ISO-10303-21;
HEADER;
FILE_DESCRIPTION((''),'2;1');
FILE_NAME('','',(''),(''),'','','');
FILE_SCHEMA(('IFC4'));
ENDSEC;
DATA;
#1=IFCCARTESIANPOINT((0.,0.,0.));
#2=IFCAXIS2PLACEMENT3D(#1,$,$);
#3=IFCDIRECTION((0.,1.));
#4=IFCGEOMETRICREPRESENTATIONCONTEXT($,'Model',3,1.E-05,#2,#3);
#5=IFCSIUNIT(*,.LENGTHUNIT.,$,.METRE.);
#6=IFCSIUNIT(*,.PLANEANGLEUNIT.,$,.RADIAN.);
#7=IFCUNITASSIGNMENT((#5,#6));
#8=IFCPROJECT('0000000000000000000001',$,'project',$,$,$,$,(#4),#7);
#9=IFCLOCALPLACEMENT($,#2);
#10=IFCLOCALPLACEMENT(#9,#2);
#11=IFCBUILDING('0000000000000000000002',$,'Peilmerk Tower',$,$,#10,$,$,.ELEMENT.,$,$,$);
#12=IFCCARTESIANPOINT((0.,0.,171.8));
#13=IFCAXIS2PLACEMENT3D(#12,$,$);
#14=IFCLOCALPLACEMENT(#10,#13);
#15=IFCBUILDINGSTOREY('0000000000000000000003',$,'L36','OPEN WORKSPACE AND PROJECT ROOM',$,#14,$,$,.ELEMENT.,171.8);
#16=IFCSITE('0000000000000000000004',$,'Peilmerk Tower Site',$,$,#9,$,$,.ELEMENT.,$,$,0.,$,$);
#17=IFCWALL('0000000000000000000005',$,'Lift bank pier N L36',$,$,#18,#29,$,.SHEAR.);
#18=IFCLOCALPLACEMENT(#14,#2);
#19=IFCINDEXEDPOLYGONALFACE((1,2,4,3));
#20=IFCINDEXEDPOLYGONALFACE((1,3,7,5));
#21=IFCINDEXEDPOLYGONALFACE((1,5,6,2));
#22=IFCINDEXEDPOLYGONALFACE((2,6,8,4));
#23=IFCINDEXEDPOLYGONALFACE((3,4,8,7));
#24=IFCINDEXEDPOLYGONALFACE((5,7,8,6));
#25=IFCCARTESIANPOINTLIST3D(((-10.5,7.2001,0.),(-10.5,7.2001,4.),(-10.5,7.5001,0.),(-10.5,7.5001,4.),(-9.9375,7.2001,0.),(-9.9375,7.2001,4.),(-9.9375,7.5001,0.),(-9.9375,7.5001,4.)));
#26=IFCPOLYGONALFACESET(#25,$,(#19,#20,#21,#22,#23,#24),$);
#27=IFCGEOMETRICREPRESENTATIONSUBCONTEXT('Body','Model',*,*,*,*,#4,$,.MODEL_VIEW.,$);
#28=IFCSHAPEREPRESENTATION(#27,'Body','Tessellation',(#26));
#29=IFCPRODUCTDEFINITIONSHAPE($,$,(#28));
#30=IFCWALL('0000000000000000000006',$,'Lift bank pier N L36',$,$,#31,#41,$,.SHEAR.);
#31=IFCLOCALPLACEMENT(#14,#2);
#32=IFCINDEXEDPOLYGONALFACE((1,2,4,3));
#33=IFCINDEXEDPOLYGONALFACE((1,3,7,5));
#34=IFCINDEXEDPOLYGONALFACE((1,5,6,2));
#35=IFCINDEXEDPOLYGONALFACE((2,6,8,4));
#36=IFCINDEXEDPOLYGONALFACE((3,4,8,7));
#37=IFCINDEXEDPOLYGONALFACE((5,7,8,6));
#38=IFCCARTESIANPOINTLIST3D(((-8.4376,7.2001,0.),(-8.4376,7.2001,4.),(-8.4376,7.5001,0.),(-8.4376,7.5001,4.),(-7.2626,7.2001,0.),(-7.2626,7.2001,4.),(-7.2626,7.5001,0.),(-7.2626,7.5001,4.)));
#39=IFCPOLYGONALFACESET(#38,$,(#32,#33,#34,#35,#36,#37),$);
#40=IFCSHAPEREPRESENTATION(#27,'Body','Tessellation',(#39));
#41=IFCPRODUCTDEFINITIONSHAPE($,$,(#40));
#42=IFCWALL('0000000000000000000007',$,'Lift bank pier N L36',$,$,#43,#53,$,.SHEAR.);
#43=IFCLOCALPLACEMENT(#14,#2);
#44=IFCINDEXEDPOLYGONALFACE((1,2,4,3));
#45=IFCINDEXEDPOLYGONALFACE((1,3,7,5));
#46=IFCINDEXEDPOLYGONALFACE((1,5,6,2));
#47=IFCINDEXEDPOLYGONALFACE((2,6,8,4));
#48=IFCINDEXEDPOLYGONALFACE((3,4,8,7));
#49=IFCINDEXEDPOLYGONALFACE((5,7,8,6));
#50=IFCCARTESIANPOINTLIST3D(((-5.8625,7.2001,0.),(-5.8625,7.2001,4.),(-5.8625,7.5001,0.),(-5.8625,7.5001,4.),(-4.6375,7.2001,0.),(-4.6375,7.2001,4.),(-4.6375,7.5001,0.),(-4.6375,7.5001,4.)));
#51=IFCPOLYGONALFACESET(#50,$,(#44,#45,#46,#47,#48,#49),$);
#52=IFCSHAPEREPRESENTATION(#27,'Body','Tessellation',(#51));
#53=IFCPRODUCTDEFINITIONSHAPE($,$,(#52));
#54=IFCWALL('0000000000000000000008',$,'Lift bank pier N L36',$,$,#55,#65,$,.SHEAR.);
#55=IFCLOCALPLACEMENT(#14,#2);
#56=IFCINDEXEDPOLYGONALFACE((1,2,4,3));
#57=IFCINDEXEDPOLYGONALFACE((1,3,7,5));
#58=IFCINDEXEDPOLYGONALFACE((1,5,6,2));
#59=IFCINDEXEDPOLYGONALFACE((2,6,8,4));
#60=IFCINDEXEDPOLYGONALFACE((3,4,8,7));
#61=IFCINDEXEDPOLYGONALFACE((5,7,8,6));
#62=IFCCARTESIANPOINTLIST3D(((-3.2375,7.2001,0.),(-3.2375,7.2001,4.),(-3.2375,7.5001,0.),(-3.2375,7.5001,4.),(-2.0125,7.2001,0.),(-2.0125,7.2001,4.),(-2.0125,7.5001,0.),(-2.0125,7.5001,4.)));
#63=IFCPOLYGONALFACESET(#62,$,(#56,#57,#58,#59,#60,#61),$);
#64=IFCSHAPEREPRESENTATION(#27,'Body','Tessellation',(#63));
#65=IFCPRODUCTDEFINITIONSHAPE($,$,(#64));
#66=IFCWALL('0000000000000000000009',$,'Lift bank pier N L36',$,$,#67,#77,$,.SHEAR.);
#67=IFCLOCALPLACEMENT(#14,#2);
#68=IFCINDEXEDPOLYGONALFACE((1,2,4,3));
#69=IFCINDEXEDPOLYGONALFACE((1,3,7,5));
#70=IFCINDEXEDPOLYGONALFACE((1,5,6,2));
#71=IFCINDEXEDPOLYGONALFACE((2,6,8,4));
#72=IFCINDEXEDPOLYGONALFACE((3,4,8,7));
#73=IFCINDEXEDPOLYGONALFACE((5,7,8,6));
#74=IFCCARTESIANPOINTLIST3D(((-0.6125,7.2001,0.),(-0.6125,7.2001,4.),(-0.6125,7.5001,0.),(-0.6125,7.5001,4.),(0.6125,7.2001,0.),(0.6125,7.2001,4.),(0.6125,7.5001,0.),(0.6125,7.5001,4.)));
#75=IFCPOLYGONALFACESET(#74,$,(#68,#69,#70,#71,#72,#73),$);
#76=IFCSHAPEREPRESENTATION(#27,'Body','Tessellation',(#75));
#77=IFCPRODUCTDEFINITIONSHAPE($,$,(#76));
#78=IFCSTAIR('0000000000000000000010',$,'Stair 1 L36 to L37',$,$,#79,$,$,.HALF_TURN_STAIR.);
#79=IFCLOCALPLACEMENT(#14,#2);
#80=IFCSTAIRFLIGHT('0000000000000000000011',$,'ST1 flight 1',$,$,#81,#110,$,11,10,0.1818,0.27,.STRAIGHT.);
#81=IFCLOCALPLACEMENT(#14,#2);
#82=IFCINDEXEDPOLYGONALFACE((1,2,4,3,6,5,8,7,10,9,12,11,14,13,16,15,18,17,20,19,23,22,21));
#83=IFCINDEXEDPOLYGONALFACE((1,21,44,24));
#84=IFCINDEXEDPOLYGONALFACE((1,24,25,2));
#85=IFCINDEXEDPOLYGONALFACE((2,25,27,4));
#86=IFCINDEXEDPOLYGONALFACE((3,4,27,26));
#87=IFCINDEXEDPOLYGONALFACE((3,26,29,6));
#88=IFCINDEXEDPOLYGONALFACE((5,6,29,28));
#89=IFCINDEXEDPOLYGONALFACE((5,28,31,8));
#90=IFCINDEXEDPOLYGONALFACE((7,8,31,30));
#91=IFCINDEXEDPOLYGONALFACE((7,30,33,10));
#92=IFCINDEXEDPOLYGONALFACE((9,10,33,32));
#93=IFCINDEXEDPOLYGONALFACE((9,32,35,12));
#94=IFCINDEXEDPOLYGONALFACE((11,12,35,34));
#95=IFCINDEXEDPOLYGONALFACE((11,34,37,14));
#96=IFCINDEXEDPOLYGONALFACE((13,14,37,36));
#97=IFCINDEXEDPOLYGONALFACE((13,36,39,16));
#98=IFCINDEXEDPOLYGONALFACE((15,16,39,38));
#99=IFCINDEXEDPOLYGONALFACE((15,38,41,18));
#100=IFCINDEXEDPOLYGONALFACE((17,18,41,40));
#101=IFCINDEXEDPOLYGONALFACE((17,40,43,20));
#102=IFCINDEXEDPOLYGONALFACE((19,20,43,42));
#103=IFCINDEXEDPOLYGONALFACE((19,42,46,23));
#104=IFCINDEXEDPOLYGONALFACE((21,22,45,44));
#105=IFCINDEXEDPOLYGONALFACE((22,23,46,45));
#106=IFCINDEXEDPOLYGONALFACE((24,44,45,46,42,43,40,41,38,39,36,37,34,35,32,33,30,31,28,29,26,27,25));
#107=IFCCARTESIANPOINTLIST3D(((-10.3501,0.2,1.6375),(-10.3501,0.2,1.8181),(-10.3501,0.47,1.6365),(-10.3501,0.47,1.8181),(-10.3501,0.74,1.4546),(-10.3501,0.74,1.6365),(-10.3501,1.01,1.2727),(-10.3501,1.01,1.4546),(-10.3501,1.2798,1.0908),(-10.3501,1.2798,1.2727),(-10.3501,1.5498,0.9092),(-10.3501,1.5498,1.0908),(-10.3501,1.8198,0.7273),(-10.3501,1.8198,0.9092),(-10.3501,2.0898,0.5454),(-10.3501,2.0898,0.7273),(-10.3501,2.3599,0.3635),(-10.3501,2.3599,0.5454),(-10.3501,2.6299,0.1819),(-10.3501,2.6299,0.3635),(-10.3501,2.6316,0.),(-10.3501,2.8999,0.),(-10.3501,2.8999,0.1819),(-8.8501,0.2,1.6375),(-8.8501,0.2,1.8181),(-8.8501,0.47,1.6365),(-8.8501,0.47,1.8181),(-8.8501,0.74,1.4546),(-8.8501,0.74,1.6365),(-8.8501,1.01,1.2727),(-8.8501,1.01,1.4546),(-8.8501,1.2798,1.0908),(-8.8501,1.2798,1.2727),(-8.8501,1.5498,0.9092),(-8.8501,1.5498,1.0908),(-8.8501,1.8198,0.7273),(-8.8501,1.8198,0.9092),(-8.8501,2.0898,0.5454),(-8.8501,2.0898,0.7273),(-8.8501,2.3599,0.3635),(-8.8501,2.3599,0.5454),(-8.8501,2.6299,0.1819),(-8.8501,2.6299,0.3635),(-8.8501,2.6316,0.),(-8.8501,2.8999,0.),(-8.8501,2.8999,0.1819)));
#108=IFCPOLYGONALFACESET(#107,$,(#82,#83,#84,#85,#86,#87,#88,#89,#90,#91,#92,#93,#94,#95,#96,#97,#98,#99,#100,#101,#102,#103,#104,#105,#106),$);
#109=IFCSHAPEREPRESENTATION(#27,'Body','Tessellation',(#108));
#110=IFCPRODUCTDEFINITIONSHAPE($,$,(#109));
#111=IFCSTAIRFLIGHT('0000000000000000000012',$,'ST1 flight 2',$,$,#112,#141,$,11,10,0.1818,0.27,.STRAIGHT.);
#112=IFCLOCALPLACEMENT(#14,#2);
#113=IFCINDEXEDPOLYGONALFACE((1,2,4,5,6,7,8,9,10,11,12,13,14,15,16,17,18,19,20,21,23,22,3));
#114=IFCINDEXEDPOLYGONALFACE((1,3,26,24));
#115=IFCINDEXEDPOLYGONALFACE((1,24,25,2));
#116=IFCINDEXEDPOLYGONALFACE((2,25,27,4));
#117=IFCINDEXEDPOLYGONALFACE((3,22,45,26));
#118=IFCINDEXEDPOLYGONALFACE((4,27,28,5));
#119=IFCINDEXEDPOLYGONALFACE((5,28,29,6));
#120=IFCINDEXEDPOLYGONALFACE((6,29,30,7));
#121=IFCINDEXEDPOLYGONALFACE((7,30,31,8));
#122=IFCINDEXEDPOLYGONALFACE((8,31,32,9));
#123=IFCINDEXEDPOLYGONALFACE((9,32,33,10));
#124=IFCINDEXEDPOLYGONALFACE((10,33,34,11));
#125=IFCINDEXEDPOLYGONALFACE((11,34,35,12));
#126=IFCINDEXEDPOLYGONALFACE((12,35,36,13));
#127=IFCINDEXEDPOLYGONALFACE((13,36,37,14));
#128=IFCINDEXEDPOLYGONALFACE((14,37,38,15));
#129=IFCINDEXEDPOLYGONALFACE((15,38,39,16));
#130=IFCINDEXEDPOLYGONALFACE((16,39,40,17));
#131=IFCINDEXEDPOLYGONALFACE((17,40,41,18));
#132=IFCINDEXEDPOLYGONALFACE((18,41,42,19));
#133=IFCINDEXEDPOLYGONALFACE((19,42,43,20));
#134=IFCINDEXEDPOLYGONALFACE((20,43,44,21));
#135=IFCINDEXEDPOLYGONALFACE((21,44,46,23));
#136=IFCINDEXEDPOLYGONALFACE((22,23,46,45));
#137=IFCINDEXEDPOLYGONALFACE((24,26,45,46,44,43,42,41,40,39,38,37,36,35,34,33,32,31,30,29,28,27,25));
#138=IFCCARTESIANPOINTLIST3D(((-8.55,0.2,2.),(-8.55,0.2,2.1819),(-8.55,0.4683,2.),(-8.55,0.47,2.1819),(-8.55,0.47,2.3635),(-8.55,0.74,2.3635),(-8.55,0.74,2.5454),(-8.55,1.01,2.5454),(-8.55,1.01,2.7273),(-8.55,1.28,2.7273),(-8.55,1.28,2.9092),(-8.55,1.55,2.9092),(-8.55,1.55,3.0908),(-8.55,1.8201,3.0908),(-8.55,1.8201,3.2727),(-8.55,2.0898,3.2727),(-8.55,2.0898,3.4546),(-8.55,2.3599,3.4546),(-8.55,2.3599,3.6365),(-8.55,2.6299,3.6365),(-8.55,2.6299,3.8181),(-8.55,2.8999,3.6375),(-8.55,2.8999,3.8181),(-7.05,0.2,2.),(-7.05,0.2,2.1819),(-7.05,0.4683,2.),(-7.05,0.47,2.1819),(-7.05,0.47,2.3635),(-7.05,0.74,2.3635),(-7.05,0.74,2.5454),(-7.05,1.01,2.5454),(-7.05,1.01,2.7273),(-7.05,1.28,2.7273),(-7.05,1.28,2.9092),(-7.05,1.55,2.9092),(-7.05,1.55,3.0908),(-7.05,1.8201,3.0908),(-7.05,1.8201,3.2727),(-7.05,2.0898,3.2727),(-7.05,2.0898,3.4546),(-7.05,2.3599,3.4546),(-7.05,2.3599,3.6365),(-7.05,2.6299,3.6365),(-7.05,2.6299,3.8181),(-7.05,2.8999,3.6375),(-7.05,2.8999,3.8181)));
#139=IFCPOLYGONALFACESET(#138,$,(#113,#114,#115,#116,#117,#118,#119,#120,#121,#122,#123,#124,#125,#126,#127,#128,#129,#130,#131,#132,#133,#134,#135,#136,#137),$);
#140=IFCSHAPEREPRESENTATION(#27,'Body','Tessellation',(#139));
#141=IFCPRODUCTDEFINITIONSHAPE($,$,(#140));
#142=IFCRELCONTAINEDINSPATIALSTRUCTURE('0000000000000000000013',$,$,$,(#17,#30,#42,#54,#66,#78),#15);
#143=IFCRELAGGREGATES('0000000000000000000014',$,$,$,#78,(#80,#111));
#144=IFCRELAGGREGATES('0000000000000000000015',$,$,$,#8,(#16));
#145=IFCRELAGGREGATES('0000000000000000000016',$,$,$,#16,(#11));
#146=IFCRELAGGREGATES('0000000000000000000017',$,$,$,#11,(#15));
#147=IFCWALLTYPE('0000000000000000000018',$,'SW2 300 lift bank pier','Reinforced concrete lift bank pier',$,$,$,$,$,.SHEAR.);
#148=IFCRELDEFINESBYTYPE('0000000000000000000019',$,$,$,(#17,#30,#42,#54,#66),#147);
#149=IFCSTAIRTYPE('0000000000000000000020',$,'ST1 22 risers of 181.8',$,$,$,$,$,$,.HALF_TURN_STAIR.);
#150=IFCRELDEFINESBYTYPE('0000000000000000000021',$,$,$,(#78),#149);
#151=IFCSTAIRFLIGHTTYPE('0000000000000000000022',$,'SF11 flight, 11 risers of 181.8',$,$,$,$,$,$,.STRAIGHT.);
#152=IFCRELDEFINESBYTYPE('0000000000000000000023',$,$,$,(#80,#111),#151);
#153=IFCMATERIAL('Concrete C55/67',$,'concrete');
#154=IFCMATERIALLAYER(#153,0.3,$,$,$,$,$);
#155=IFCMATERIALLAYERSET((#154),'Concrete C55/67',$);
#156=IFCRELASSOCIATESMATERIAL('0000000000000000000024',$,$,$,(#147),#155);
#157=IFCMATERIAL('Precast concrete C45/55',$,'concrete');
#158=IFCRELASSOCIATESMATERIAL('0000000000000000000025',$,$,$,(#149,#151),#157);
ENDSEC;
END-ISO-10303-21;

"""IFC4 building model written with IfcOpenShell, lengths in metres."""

from ifc_helpers import new_model, si_unit, direction, frame, frame_2d, origin, place, context, subcontext, project, spatial, polyline, rectangle, outline, extrude, material, layer, layer_set, type_object, element, aggregate, save


model = new_model("IFC4")

# Units and contexts
model_context = context("Model", 3, precision=1e-05, world=origin(), true_north=direction((0.0, 1.0)))
body_context = subcontext(model_context, "Body", "Model", "MODEL_VIEW")
ifc_project = project(units=[si_unit("LENGTHUNIT", "METRE"), si_unit("PLANEANGLEUNIT", "RADIAN")], contexts=[model_context])

# Site, building, storey
site_placement = place(None, origin())
site = spatial("IfcSite", under=ifc_project, at=site_placement, Name="Peilmerk Tower Site", CompositionType="ELEMENT", RefElevation=0.0)
building_placement = place(site_placement, origin())
building = spatial("IfcBuilding", under=site, at=building_placement, Name="Peilmerk Tower", CompositionType="ELEMENT")
storey_placement = place(building_placement, frame((0.0, 0.0, 171.8)))
storey = spatial("IfcBuildingStorey", under=building, at=storey_placement, Name="L36", Description="OPEN WORKSPACE AND PROJECT ROOM", CompositionType="ELEMENT", Elevation=171.8)

# Walls
ifc_material_1 = material(Name="Concrete C55/67", Category="concrete")
ifc_layer_1 = layer(ifc_material_1, 0.3)
ifc_layer_set_1 = layer_set([ifc_layer_1], Name="Concrete C55/67")
wall_type_1 = type_object("IfcWallType", Name="SW2 300 lift bank pier", Description="Reinforced concrete lift bank pier", PredefinedType="SHEAR", material=ifc_layer_set_1)
wall_1_placement = place(storey_placement, frame((-10.5, 7.3501, 0.0), z_axis=(0.0, 0.0, 1.0), x_axis=(1.0, 0.0, 0.0)))
element("IfcWall", 1, at=wall_1_placement, inside=storey, type_object=wall_type_1, Name="Lift bank pier N L36", PredefinedType="SHEAR", context=body_context, shape_type="SweptSolid", body=[
    extrude(rectangle(XDim=0.5625, YDim=0.3, at=frame_2d((0.2812, 0.0))), origin(), (0.0, 0.0, 1.0), 4.0),
])
wall_2_placement = place(storey_placement, frame((-8.4375, 7.3501, 0.0), z_axis=(0.0, 0.0, 1.0), x_axis=(1.0, 0.0, 0.0)))
element("IfcWall", 2, at=wall_2_placement, inside=storey, type_object=wall_type_1, Name="Lift bank pier N L36", PredefinedType="SHEAR", context=body_context, shape_type="SweptSolid", body=[
    extrude(rectangle(XDim=1.175, YDim=0.3, at=frame_2d((0.5874, 0.0))), origin(), (0.0, 0.0, 1.0), 4.0),
])
for number, where, z_axis, x_axis, name in (
    (3, (-5.8625, 7.3501, 0.0), (0.0, 0.0, 1.0), (1.0, 0.0, 0.0), "Lift bank pier N L36"),
    (4, (-3.2375, 7.3501, 0.0), (0.0, 0.0, 1.0), (1.0, 0.0, 0.0), "Lift bank pier N L36"),
    (5, (-0.6125, 7.3501, 0.0), (0.0, 0.0, 1.0), (1.0, 0.0, 0.0), "Lift bank pier N L36"),
):
    element("IfcWall", number, at=place(storey_placement, frame(where, z_axis=z_axis, x_axis=x_axis)), inside=storey, type_object=wall_type_1, Name=name, PredefinedType="SHEAR", context=body_context, shape_type="SweptSolid", body=[
        extrude(rectangle(XDim=1.2251, YDim=0.3, at=frame_2d((0.6125, 0.0))), origin(), (0.0, 0.0, 1.0), 4.0),
    ])

# Stair, stair flights
ifc_material_2 = material(Name="Precast concrete C45/55", Category="concrete")
stair_type = type_object("IfcStairType", Name="ST1 22 risers of 181.8", PredefinedType="HALF_TURN_STAIR", material=ifc_material_2)
stair_placement = place(storey_placement, origin())
stair = element("IfcStair", 6, at=stair_placement, inside=storey, type_object=stair_type, Name="Stair 1 L36 to L37", PredefinedType="HALF_TURN_STAIR")
stair_flight_type = type_object("IfcStairFlightType", Name="SF11 flight, 11 risers of 181.8", PredefinedType="STRAIGHT", material=ifc_material_2)
stair_flight_1_placement = place(storey_placement, frame((-9.6001, 2.8999, 0.0), z_axis=(0.0, 0.0, 1.0), x_axis=(0.0, -1.0, 0.0)))
stair_flight_1 = element("IfcStairFlight", 7, at=stair_flight_1_placement, type_object=stair_flight_type, Name="ST1 flight 1", NumberOfRisers=11, NumberOfTreads=10, PredefinedType="STRAIGHT", RiserHeight=0.1818, TreadLength=0.27, context=body_context, shape_type="SweptSolid", body=[
    extrude(outline(polyline([(0.0, 0.0), (0.0, 0.1819), (0.27, 0.1819), (0.27, 0.3635), (0.54, 0.3635), (0.54, 0.5454), (0.8101, 0.5454), (0.8101, 0.7273), (1.0801, 0.7273), (1.0801, 0.9092), (1.3501, 0.9092), (1.3501, 1.0908), (1.6201, 1.0908), (1.6201, 1.2727), (1.8899, 1.2727), (1.8899, 1.4546), (2.1599, 1.4546), (2.1599, 1.6365), (2.4299, 1.6365), (2.4299, 1.8181), (2.7, 1.8181), (2.7, 2.0), (2.7, 1.6375), (0.2683, 0.0), (0.0, 0.0)])), frame((0.0, 0.75, 0.0), z_axis=(0.0, -1.0, 0.0), x_axis=(1.0, 0.0, 0.0)), (0.0, 0.0, 1.0), 1.5),
])
stair_flight_2_placement = place(storey_placement, frame((-7.8, 0.2, 2.0), z_axis=(0.0, 0.0, 1.0), x_axis=(0.0, 1.0, 0.0)))
stair_flight_2 = element("IfcStairFlight", 8, at=stair_flight_2_placement, type_object=stair_flight_type, Name="ST1 flight 2", NumberOfRisers=11, NumberOfTreads=10, PredefinedType="STRAIGHT", RiserHeight=0.1818, TreadLength=0.27, context=body_context, shape_type="SweptSolid", body=[
    extrude(outline(polyline([(0.0, 0.0), (0.0, 0.1819), (0.27, 0.1819), (0.27, 0.3635), (0.54, 0.3635), (0.54, 0.5454), (0.8101, 0.5454), (0.8101, 0.7273), (1.0801, 0.7273), (1.0801, 0.9092), (1.3501, 0.9092), (1.3501, 1.0908), (1.6201, 1.0908), (1.6201, 1.2727), (1.8899, 1.2727), (1.8899, 1.4546), (2.1599, 1.4546), (2.1599, 1.6365), (2.4299, 1.6365), (2.4299, 1.8181), (2.7, 1.8181), (2.7, 2.0), (2.7, 1.6375), (0.2683, 0.0), (0.0, 0.0)])), frame((0.0, 0.75, 0.0), z_axis=(0.0, -1.0, 0.0), x_axis=(1.0, 0.0, 0.0)), (0.0, 0.0, 1.0), 1.5),
])
aggregate(stair, [stair_flight_1, stair_flight_2])

save(model, "model.ifc")
